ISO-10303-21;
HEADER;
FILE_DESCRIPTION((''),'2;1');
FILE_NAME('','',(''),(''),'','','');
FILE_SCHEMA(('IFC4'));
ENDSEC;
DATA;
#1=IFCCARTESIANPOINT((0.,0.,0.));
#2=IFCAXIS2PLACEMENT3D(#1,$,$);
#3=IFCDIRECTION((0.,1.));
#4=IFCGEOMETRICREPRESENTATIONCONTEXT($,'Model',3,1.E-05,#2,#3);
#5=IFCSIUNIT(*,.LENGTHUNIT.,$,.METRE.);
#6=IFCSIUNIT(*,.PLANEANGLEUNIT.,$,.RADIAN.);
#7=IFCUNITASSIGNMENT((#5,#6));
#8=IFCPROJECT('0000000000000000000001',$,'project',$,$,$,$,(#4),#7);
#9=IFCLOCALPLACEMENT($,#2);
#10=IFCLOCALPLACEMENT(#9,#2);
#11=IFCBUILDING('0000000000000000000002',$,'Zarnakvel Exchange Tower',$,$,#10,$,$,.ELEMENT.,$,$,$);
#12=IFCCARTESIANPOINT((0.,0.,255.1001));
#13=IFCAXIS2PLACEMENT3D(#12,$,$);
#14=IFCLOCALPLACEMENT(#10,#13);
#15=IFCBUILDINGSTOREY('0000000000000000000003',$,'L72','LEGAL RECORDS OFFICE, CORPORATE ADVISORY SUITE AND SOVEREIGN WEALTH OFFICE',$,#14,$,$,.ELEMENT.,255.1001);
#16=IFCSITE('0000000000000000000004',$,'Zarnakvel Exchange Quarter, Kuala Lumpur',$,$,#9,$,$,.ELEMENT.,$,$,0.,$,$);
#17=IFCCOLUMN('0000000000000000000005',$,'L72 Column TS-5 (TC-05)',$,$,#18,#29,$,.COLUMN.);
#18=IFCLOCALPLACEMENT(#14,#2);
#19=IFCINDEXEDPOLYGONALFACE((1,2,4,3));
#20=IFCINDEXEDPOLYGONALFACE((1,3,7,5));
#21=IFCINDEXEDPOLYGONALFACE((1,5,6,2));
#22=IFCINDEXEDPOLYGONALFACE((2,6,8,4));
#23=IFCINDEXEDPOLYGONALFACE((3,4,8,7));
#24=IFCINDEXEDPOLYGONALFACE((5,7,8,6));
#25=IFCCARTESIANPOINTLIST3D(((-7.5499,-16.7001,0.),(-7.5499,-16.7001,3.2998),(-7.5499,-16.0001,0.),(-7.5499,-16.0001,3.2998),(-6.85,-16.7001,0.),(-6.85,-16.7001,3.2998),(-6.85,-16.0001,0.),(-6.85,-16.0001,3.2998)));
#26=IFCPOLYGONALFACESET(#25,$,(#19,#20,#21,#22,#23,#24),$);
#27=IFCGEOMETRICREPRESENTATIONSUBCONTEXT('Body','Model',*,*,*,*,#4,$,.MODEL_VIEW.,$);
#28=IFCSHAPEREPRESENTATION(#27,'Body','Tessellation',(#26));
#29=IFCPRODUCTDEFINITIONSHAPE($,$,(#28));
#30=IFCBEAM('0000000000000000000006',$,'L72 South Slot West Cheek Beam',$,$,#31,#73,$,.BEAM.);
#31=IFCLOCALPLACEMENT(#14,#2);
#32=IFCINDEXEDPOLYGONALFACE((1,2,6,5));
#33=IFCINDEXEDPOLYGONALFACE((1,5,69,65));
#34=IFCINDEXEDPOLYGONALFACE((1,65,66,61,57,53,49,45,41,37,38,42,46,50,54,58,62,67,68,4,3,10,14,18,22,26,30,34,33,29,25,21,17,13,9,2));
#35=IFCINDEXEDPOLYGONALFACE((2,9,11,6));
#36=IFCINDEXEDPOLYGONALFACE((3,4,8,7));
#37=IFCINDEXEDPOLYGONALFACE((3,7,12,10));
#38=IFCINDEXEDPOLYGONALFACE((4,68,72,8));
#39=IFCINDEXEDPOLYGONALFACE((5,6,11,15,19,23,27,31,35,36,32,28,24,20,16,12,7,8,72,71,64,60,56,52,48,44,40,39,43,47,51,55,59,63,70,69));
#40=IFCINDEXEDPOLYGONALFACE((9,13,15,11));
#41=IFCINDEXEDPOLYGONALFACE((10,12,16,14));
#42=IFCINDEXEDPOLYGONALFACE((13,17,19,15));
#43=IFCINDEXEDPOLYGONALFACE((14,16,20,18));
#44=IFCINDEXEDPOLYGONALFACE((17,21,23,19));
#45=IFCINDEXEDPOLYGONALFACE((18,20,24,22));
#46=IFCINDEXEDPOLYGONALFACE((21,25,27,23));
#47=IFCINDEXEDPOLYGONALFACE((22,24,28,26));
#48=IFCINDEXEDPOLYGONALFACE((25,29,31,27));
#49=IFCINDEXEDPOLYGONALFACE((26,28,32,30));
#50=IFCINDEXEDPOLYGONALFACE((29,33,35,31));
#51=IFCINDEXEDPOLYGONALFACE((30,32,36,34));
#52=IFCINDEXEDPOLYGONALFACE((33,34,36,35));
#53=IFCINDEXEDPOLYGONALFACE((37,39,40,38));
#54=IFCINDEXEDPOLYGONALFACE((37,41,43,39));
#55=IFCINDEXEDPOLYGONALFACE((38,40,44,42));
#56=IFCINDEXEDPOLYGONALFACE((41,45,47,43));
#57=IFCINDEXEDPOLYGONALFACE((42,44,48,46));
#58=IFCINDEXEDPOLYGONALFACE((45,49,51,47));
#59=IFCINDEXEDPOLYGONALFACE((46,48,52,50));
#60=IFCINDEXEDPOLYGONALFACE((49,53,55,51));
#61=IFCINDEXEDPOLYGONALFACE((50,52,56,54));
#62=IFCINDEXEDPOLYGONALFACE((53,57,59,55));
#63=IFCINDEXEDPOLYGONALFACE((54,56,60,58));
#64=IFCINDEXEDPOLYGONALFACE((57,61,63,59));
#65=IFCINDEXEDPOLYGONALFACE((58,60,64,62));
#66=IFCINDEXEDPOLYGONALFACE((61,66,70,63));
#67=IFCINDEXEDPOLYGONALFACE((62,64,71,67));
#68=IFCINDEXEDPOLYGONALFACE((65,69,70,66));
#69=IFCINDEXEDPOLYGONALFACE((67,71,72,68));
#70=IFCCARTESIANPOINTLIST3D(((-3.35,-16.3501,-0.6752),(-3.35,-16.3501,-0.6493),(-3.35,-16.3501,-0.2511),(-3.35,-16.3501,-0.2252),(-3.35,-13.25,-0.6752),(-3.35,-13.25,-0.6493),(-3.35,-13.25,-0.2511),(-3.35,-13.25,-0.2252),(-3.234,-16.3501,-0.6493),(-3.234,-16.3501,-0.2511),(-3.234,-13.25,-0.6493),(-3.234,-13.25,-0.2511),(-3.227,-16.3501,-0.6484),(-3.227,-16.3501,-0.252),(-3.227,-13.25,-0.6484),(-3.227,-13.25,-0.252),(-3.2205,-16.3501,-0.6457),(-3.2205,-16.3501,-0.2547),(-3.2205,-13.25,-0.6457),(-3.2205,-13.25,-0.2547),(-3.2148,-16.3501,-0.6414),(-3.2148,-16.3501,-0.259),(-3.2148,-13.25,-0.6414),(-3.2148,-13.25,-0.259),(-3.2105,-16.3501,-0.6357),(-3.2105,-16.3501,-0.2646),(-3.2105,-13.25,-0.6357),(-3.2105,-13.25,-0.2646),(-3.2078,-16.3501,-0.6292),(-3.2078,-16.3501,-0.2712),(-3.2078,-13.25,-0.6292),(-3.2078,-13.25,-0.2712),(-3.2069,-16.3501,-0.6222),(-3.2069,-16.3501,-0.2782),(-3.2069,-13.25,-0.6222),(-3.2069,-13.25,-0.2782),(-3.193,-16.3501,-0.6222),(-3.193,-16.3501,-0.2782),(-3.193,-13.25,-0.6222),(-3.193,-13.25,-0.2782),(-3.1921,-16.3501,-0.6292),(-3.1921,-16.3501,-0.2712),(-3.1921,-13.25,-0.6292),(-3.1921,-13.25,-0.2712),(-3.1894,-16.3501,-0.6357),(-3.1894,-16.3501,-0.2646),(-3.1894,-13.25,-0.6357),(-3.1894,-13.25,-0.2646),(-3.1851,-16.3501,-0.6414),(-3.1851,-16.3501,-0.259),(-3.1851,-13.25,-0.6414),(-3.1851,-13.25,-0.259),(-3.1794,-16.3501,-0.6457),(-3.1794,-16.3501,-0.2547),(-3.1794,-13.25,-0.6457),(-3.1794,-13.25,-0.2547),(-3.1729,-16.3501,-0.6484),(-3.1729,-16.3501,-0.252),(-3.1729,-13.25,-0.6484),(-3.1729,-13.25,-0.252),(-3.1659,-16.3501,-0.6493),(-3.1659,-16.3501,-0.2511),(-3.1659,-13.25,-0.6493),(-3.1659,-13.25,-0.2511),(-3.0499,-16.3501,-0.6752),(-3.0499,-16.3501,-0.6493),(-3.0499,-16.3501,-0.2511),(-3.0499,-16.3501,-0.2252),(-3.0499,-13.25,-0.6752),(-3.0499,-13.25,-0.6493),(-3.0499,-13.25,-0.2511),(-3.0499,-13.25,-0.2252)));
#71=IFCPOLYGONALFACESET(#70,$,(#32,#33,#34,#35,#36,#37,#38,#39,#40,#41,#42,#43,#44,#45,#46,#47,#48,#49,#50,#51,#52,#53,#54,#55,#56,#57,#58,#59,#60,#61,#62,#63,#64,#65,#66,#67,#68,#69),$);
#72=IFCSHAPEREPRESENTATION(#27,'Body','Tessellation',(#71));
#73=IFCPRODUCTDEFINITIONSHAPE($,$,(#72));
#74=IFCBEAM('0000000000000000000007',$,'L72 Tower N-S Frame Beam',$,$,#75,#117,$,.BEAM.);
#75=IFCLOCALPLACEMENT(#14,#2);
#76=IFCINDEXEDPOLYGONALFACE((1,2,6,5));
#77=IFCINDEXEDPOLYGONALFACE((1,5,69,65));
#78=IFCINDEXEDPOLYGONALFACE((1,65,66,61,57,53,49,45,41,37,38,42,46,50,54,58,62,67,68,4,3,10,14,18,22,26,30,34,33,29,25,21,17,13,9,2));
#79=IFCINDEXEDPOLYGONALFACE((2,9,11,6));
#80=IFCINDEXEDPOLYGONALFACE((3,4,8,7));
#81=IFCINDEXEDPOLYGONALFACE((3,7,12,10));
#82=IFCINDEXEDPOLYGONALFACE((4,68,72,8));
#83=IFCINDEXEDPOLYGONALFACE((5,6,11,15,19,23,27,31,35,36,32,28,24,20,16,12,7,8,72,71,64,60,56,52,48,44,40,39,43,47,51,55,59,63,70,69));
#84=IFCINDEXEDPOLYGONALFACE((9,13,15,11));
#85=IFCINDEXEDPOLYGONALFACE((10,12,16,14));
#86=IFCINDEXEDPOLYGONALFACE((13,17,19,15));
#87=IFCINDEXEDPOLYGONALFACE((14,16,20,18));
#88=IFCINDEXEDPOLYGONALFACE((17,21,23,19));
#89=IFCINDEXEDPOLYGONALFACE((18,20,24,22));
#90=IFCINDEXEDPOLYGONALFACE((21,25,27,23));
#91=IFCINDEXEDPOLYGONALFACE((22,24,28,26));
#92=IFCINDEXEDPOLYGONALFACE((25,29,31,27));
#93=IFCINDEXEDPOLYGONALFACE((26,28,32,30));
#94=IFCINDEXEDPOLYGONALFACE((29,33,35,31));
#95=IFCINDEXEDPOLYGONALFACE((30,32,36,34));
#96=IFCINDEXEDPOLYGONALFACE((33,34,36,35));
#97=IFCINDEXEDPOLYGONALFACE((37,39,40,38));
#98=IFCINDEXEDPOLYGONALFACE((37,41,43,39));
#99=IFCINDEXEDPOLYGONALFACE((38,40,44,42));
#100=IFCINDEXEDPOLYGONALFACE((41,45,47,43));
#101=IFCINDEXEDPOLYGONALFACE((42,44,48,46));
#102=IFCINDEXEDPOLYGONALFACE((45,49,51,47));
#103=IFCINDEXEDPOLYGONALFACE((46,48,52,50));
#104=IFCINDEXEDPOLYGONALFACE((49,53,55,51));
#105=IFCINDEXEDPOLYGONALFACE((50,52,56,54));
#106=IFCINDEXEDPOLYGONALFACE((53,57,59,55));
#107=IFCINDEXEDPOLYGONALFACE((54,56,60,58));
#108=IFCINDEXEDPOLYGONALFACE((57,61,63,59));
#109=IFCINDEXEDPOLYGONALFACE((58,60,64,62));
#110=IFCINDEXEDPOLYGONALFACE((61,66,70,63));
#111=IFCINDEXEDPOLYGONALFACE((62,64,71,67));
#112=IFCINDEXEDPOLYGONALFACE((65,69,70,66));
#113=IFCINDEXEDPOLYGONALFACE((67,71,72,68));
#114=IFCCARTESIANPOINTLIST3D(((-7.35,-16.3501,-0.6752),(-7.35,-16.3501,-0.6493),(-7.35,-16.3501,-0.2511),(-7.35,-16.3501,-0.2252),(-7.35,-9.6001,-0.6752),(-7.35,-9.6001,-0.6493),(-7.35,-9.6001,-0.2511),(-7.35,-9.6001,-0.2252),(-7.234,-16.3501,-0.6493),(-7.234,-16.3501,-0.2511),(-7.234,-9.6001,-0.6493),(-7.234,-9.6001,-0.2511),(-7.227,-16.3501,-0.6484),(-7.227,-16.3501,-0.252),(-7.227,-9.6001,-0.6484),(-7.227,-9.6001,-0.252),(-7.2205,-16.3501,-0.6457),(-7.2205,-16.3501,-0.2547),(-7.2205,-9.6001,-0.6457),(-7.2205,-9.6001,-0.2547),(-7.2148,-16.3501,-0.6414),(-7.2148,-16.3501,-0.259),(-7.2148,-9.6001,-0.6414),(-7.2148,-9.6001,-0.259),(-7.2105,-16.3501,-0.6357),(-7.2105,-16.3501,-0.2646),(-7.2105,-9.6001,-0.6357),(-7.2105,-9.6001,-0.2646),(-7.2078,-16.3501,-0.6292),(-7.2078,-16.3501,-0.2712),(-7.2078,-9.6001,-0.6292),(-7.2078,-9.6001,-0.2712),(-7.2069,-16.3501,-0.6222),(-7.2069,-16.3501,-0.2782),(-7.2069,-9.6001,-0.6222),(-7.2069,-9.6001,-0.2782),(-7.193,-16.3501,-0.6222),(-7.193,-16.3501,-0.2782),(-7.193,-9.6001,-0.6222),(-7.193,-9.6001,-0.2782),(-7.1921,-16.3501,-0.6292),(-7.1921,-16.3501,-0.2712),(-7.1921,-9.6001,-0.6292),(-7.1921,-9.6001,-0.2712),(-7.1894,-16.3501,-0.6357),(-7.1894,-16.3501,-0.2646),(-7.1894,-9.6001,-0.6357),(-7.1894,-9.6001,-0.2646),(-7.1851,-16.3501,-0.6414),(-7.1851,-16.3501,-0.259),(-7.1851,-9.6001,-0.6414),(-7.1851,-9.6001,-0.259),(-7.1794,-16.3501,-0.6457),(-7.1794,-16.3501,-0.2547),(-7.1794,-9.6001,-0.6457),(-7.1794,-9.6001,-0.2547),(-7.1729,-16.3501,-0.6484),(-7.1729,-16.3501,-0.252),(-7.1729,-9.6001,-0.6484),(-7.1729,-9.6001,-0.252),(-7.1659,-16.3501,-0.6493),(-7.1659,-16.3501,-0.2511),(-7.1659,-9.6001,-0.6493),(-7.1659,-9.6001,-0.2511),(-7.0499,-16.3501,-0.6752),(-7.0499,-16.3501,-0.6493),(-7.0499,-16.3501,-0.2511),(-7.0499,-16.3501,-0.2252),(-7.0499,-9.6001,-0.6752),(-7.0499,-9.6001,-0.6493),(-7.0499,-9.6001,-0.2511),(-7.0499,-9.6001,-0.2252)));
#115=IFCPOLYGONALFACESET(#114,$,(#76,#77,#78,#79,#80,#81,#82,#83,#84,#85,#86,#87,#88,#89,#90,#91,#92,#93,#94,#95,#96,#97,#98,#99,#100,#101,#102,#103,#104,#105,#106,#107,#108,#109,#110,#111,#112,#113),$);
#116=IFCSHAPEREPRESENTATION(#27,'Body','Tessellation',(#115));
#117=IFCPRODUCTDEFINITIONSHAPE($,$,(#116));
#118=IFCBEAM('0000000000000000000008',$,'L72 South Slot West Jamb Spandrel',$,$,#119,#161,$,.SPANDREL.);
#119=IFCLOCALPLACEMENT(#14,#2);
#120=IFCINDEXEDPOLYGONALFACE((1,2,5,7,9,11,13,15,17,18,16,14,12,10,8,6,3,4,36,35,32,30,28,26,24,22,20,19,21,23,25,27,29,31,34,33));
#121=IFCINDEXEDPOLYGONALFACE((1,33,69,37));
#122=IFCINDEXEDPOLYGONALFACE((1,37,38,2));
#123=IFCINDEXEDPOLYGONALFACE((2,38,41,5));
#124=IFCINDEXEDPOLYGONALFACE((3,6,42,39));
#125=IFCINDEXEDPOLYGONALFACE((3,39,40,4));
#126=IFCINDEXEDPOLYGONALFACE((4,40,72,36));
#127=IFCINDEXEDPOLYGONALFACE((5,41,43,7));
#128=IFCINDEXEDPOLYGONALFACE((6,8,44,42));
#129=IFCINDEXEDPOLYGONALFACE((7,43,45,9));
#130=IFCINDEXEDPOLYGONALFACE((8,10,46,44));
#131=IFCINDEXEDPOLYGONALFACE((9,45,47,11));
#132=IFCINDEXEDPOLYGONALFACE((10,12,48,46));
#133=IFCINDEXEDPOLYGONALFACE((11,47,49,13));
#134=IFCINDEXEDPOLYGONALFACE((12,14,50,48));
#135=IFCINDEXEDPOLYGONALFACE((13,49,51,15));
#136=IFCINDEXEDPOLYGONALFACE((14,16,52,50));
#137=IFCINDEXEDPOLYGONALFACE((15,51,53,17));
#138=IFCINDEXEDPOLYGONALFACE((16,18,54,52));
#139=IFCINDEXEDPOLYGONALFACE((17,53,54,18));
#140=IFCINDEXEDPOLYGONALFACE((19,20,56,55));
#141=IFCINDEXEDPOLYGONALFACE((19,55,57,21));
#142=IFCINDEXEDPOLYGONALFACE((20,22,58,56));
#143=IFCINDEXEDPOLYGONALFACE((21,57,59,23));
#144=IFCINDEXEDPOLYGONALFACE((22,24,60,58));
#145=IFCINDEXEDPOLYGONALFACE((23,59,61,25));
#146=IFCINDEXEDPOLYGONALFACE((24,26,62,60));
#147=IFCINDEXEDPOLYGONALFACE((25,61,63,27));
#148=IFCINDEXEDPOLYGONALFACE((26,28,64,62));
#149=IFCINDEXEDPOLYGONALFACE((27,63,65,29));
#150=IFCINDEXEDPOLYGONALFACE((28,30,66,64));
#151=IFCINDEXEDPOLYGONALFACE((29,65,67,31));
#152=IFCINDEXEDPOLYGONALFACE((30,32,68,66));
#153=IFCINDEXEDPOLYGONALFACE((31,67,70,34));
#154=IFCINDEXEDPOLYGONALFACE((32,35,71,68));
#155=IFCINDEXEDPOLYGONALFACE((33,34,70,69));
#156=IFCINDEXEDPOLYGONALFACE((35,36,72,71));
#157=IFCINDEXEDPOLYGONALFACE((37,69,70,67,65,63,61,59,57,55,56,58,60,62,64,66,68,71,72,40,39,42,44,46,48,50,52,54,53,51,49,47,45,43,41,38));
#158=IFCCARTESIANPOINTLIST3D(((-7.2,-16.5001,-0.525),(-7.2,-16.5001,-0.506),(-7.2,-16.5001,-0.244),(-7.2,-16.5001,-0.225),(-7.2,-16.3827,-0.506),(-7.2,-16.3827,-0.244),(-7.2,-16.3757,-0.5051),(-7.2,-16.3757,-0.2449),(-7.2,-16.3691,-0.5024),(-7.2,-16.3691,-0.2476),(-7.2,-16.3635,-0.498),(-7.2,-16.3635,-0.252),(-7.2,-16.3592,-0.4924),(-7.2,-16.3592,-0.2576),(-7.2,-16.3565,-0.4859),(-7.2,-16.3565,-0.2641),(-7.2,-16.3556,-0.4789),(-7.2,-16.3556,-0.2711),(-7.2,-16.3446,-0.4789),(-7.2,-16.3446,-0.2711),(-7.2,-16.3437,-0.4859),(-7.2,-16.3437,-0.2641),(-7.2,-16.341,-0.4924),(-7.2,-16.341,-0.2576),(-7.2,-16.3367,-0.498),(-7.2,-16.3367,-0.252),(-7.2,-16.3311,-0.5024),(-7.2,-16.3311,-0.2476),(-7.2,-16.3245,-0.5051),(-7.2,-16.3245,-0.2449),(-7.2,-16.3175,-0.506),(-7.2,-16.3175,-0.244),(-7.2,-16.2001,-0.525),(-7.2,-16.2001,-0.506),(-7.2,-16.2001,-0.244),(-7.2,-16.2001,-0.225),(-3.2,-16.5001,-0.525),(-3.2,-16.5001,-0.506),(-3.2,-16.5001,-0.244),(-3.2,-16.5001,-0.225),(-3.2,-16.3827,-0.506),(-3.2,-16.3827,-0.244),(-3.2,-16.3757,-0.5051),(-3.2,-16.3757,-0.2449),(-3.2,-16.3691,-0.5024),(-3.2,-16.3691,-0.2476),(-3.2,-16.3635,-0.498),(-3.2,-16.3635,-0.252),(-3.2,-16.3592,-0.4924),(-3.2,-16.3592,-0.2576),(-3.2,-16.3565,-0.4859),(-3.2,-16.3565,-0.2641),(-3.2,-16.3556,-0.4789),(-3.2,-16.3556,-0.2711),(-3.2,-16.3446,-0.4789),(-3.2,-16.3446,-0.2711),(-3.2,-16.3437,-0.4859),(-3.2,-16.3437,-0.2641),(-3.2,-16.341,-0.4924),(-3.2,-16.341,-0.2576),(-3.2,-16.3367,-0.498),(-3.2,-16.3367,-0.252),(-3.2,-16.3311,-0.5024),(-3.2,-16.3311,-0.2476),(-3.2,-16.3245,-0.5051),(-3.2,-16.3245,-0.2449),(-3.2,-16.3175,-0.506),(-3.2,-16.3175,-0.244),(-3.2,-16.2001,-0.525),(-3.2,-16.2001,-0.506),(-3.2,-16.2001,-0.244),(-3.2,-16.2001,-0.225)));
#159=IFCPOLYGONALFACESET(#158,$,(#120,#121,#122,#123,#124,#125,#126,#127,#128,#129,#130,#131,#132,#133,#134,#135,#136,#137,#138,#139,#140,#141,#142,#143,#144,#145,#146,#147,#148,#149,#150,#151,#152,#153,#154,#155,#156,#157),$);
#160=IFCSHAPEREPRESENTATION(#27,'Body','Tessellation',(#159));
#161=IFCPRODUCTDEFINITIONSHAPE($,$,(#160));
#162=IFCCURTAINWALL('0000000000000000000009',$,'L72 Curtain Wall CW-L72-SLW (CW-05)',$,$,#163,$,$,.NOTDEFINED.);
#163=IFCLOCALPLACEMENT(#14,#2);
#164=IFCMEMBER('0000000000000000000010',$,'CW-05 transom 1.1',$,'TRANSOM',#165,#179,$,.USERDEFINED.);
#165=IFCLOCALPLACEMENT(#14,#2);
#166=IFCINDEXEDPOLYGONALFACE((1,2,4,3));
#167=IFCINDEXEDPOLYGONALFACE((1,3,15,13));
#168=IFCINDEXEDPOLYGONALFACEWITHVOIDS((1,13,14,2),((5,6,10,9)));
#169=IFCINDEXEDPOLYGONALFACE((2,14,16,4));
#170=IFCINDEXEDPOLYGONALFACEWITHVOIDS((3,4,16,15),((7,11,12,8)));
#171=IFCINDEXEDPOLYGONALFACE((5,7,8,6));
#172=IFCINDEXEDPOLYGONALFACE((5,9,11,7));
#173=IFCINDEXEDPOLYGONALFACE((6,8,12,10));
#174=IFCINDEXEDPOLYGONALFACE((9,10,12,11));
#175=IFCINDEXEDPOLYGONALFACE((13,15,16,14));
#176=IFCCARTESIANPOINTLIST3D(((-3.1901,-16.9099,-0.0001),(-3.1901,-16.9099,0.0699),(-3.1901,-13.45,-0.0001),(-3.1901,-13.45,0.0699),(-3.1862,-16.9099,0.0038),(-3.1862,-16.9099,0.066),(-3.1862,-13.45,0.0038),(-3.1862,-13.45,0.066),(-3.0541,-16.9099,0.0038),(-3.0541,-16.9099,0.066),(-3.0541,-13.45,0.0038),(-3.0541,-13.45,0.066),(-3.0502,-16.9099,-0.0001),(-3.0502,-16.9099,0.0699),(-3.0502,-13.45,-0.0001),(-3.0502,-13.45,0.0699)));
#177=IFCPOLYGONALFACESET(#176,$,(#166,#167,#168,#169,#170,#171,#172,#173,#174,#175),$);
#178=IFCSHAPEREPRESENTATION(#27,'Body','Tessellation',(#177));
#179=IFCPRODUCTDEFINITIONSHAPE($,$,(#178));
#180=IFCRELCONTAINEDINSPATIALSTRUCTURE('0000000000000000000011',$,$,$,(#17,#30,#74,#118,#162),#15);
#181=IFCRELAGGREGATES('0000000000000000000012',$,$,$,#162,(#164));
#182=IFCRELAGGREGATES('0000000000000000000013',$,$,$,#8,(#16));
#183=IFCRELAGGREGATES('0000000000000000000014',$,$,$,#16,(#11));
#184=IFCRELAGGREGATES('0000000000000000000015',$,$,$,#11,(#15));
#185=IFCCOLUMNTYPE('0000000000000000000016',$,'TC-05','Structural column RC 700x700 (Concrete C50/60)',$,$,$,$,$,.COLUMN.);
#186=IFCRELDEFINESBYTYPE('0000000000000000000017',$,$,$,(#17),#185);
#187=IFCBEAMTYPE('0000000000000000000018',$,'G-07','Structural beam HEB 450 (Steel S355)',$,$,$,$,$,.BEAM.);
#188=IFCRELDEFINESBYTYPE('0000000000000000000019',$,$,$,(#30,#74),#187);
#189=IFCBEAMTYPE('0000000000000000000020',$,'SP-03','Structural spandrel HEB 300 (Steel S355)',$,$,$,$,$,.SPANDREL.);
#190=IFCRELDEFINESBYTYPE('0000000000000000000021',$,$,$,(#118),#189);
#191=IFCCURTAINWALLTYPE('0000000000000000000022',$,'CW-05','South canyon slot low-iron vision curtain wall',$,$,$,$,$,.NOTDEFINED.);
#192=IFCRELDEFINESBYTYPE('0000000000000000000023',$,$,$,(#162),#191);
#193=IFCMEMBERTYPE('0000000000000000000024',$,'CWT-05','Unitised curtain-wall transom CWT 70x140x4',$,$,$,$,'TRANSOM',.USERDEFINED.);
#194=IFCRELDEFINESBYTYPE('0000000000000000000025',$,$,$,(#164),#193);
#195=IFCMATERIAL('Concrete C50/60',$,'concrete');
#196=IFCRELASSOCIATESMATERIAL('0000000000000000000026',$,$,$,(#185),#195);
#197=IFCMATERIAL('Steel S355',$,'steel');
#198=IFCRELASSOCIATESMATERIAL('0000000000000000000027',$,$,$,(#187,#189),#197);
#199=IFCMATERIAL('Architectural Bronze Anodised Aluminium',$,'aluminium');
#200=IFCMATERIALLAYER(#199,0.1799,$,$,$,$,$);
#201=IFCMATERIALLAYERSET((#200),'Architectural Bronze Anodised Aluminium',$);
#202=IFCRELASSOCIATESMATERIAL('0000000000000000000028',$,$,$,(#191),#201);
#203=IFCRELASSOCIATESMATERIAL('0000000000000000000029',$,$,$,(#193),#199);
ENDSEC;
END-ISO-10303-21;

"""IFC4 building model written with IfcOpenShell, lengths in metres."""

from ifc_helpers import new_model, si_unit, direction, frame, origin, origin_2d, place, context, subcontext, project, spatial, rectangle, hollow_rectangle, i_section, extrude, source, transform, mapped, material, layer, layer_set, material_profile, profile_set, type_object, element, aggregate, save


model = new_model("IFC4")

# Units and contexts
model_context = context("Model", 3, precision=1e-05, world=origin(), true_north=direction((0.0, 1.0)))
body_context = subcontext(model_context, "Body", "Model", "MODEL_VIEW")
ifc_project = project(units=[si_unit("LENGTHUNIT", "METRE"), si_unit("PLANEANGLEUNIT", "RADIAN")], contexts=[model_context])

# Site, building, storey
site_placement = place(None, origin())
site = spatial("IfcSite", under=ifc_project, at=site_placement, Name="Zarnakvel Exchange Quarter, Kuala Lumpur", CompositionType="ELEMENT", RefElevation=0.0)
building_placement = place(site_placement, origin())
building = spatial("IfcBuilding", under=site, at=building_placement, Name="Zarnakvel Exchange Tower", CompositionType="ELEMENT")
storey_placement = place(building_placement, frame((0.0, 0.0, 255.1001)))
storey = spatial("IfcBuildingStorey", under=building, at=storey_placement, Name="L72", Description="LEGAL RECORDS OFFICE, CORPORATE ADVISORY SUITE AND SOVEREIGN WEALTH OFFICE", CompositionType="ELEMENT", Elevation=255.1001)

# Column
ifc_material_1 = material(Name="Concrete C50/60", Category="concrete")
ifc_material_profile_1 = material_profile(ifc_material_1, rectangle(XDim=0.7, YDim=0.7, at=origin_2d()))
ifc_profile_set_1 = profile_set([ifc_material_profile_1], Name="Concrete C50/60")
column_type = type_object("IfcColumnType", Name="TC-05", Description="Structural column RC 700x700 (Concrete C50/60)", PredefinedType="COLUMN", material=ifc_profile_set_1)
column_placement = place(storey_placement, frame((-7.2, -16.3501, 0.0), z_axis=(0.0, 0.0, 1.0), x_axis=(1.0, 0.0, 0.0)))
element("IfcColumn", 1, at=column_placement, inside=storey, type_object=column_type, Name="L72 Column TS-5 (TC-05)", PredefinedType="COLUMN", context=body_context, shape_type="SweptSolid", body=[
    extrude(rectangle(XDim=0.7, YDim=0.7, at=origin_2d()), origin(), (0.0, 0.0, 1.0), 3.2998),
])

# Beams
ifc_material_2 = material(Name="Steel S355", Category="steel")
ifc_material_profile_2 = material_profile(ifc_material_2, i_section(OverallWidth=0.3, OverallDepth=0.45, WebThickness=0.0139, FlangeThickness=0.0259, FilletRadius=0.0271, at=origin_2d()))
ifc_profile_set_2 = profile_set([ifc_material_profile_2], Name="Steel S355")
beam_type_1 = type_object("IfcBeamType", Name="G-07", Description="Structural beam HEB 450 (Steel S355)", PredefinedType="BEAM", material=ifc_profile_set_2)
beam_1_placement = place(storey_placement, frame((-3.2, -16.3501, -0.4502), z_axis=(0.0, 1.0, 0.0), x_axis=(-1.0, 0.0, 0.0)))
element("IfcBeam", 2, at=beam_1_placement, inside=storey, type_object=beam_type_1, Name="L72 South Slot West Cheek Beam", PredefinedType="BEAM", context=body_context, shape_type="SweptSolid", body=[
    extrude(i_section(OverallWidth=0.3, OverallDepth=0.45, WebThickness=0.0139, FlangeThickness=0.0259, FilletRadius=0.0271, at=origin_2d()), origin(), (0.0, 0.0, 1.0), 3.1001),
])
beam_2_placement = place(storey_placement, frame((-7.2, -16.3501, -0.4502), z_axis=(0.0, 1.0, 0.0), x_axis=(-1.0, 0.0, 0.0)))
element("IfcBeam", 3, at=beam_2_placement, inside=storey, type_object=beam_type_1, Name="L72 Tower N-S Frame Beam", PredefinedType="BEAM", context=body_context, shape_type="SweptSolid", body=[
    extrude(i_section(OverallWidth=0.3, OverallDepth=0.45, WebThickness=0.0139, FlangeThickness=0.0259, FilletRadius=0.0271, at=origin_2d()), origin(), (0.0, 0.0, 1.0), 6.75),
])
ifc_material_profile_3 = material_profile(ifc_material_2, i_section(OverallWidth=0.3, OverallDepth=0.3, WebThickness=0.011, FlangeThickness=0.019, FilletRadius=0.0271, at=origin_2d()))
ifc_profile_set_3 = profile_set([ifc_material_profile_3], Name="Steel S355")
beam_type_2 = type_object("IfcBeamType", Name="SP-03", Description="Structural spandrel HEB 300 (Steel S355)", PredefinedType="SPANDREL", material=ifc_profile_set_3)
beam_3_placement = place(storey_placement, frame((-7.2, -16.3501, -0.375), z_axis=(1.0, 0.0, 0.0), x_axis=(0.0, 1.0, 0.0)))
element("IfcBeam", 4, at=beam_3_placement, inside=storey, type_object=beam_type_2, Name="L72 South Slot West Jamb Spandrel", PredefinedType="SPANDREL", context=body_context, shape_type="SweptSolid", body=[
    extrude(i_section(OverallWidth=0.3, OverallDepth=0.3, WebThickness=0.011, FlangeThickness=0.019, FilletRadius=0.0271, at=origin_2d()), origin(), (0.0, 0.0, 1.0), 4.0),
])

# Curtain wall, member
ifc_material_3 = material(Name="Architectural Bronze Anodised Aluminium", Category="aluminium")
ifc_layer_1 = layer(ifc_material_3, 0.1799)
ifc_layer_set_1 = layer_set([ifc_layer_1], Name="Architectural Bronze Anodised Aluminium")
curtain_wall_type = type_object("IfcCurtainWallType", Name="CW-05", Description="South canyon slot low-iron vision curtain wall", PredefinedType="NOTDEFINED", material=ifc_layer_set_1)
curtain_wall_1_placement = place(storey_placement, origin())
curtain_wall_1 = element("IfcCurtainWall", 5, at=curtain_wall_1_placement, inside=storey, type_object=curtain_wall_type, Name="L72 Curtain Wall CW-L72-SLW (CW-05)", PredefinedType="NOTDEFINED")
ifc_material_profile_4 = material_profile(ifc_material_3, hollow_rectangle(XDim=0.1399, YDim=0.0701, WallThickness=0.0039, at=origin_2d()))
ifc_profile_set_4 = profile_set([ifc_material_profile_4], Name="Architectural Bronze Anodised Aluminium")
member_type_1 = type_object("IfcMemberType", Name="CWT-05", Description="Unitised curtain-wall transom CWT 70x140x4", ElementType="TRANSOM", PredefinedType="USERDEFINED", material=ifc_profile_set_4)
shared_shape_1 = source(origin(), body_context, "Body", "SweptSolid", [
    extrude(hollow_rectangle(XDim=0.1399, YDim=0.0701, WallThickness=0.0039, at=origin_2d()), origin(), (0.0, 0.0, 1.0), 3.46),
])
member_1_placement = place(storey_placement, frame((-3.1201, -16.9099, 0.0349), z_axis=(0.0, 1.0, 0.0), x_axis=(-1.0, 0.0, 0.0)))
member_1 = element("IfcMember", 6, at=member_1_placement, type_object=member_type_1, Name="CW-05 transom 1.1", ObjectType="TRANSOM", PredefinedType="USERDEFINED", context=body_context, shape_type="MappedRepresentation", body=[
    mapped(shared_shape_1, transform((0.0, 0.0, 0.0), x_axis=(1.0, 0.0, 0.0), y_axis=(0.0, 1.0, 0.0), z_axis=(0.0, 0.0, 1.0), scale=1.0)),
])

aggregate(curtain_wall_1, [member_1])

save(model, "model.ifc")
